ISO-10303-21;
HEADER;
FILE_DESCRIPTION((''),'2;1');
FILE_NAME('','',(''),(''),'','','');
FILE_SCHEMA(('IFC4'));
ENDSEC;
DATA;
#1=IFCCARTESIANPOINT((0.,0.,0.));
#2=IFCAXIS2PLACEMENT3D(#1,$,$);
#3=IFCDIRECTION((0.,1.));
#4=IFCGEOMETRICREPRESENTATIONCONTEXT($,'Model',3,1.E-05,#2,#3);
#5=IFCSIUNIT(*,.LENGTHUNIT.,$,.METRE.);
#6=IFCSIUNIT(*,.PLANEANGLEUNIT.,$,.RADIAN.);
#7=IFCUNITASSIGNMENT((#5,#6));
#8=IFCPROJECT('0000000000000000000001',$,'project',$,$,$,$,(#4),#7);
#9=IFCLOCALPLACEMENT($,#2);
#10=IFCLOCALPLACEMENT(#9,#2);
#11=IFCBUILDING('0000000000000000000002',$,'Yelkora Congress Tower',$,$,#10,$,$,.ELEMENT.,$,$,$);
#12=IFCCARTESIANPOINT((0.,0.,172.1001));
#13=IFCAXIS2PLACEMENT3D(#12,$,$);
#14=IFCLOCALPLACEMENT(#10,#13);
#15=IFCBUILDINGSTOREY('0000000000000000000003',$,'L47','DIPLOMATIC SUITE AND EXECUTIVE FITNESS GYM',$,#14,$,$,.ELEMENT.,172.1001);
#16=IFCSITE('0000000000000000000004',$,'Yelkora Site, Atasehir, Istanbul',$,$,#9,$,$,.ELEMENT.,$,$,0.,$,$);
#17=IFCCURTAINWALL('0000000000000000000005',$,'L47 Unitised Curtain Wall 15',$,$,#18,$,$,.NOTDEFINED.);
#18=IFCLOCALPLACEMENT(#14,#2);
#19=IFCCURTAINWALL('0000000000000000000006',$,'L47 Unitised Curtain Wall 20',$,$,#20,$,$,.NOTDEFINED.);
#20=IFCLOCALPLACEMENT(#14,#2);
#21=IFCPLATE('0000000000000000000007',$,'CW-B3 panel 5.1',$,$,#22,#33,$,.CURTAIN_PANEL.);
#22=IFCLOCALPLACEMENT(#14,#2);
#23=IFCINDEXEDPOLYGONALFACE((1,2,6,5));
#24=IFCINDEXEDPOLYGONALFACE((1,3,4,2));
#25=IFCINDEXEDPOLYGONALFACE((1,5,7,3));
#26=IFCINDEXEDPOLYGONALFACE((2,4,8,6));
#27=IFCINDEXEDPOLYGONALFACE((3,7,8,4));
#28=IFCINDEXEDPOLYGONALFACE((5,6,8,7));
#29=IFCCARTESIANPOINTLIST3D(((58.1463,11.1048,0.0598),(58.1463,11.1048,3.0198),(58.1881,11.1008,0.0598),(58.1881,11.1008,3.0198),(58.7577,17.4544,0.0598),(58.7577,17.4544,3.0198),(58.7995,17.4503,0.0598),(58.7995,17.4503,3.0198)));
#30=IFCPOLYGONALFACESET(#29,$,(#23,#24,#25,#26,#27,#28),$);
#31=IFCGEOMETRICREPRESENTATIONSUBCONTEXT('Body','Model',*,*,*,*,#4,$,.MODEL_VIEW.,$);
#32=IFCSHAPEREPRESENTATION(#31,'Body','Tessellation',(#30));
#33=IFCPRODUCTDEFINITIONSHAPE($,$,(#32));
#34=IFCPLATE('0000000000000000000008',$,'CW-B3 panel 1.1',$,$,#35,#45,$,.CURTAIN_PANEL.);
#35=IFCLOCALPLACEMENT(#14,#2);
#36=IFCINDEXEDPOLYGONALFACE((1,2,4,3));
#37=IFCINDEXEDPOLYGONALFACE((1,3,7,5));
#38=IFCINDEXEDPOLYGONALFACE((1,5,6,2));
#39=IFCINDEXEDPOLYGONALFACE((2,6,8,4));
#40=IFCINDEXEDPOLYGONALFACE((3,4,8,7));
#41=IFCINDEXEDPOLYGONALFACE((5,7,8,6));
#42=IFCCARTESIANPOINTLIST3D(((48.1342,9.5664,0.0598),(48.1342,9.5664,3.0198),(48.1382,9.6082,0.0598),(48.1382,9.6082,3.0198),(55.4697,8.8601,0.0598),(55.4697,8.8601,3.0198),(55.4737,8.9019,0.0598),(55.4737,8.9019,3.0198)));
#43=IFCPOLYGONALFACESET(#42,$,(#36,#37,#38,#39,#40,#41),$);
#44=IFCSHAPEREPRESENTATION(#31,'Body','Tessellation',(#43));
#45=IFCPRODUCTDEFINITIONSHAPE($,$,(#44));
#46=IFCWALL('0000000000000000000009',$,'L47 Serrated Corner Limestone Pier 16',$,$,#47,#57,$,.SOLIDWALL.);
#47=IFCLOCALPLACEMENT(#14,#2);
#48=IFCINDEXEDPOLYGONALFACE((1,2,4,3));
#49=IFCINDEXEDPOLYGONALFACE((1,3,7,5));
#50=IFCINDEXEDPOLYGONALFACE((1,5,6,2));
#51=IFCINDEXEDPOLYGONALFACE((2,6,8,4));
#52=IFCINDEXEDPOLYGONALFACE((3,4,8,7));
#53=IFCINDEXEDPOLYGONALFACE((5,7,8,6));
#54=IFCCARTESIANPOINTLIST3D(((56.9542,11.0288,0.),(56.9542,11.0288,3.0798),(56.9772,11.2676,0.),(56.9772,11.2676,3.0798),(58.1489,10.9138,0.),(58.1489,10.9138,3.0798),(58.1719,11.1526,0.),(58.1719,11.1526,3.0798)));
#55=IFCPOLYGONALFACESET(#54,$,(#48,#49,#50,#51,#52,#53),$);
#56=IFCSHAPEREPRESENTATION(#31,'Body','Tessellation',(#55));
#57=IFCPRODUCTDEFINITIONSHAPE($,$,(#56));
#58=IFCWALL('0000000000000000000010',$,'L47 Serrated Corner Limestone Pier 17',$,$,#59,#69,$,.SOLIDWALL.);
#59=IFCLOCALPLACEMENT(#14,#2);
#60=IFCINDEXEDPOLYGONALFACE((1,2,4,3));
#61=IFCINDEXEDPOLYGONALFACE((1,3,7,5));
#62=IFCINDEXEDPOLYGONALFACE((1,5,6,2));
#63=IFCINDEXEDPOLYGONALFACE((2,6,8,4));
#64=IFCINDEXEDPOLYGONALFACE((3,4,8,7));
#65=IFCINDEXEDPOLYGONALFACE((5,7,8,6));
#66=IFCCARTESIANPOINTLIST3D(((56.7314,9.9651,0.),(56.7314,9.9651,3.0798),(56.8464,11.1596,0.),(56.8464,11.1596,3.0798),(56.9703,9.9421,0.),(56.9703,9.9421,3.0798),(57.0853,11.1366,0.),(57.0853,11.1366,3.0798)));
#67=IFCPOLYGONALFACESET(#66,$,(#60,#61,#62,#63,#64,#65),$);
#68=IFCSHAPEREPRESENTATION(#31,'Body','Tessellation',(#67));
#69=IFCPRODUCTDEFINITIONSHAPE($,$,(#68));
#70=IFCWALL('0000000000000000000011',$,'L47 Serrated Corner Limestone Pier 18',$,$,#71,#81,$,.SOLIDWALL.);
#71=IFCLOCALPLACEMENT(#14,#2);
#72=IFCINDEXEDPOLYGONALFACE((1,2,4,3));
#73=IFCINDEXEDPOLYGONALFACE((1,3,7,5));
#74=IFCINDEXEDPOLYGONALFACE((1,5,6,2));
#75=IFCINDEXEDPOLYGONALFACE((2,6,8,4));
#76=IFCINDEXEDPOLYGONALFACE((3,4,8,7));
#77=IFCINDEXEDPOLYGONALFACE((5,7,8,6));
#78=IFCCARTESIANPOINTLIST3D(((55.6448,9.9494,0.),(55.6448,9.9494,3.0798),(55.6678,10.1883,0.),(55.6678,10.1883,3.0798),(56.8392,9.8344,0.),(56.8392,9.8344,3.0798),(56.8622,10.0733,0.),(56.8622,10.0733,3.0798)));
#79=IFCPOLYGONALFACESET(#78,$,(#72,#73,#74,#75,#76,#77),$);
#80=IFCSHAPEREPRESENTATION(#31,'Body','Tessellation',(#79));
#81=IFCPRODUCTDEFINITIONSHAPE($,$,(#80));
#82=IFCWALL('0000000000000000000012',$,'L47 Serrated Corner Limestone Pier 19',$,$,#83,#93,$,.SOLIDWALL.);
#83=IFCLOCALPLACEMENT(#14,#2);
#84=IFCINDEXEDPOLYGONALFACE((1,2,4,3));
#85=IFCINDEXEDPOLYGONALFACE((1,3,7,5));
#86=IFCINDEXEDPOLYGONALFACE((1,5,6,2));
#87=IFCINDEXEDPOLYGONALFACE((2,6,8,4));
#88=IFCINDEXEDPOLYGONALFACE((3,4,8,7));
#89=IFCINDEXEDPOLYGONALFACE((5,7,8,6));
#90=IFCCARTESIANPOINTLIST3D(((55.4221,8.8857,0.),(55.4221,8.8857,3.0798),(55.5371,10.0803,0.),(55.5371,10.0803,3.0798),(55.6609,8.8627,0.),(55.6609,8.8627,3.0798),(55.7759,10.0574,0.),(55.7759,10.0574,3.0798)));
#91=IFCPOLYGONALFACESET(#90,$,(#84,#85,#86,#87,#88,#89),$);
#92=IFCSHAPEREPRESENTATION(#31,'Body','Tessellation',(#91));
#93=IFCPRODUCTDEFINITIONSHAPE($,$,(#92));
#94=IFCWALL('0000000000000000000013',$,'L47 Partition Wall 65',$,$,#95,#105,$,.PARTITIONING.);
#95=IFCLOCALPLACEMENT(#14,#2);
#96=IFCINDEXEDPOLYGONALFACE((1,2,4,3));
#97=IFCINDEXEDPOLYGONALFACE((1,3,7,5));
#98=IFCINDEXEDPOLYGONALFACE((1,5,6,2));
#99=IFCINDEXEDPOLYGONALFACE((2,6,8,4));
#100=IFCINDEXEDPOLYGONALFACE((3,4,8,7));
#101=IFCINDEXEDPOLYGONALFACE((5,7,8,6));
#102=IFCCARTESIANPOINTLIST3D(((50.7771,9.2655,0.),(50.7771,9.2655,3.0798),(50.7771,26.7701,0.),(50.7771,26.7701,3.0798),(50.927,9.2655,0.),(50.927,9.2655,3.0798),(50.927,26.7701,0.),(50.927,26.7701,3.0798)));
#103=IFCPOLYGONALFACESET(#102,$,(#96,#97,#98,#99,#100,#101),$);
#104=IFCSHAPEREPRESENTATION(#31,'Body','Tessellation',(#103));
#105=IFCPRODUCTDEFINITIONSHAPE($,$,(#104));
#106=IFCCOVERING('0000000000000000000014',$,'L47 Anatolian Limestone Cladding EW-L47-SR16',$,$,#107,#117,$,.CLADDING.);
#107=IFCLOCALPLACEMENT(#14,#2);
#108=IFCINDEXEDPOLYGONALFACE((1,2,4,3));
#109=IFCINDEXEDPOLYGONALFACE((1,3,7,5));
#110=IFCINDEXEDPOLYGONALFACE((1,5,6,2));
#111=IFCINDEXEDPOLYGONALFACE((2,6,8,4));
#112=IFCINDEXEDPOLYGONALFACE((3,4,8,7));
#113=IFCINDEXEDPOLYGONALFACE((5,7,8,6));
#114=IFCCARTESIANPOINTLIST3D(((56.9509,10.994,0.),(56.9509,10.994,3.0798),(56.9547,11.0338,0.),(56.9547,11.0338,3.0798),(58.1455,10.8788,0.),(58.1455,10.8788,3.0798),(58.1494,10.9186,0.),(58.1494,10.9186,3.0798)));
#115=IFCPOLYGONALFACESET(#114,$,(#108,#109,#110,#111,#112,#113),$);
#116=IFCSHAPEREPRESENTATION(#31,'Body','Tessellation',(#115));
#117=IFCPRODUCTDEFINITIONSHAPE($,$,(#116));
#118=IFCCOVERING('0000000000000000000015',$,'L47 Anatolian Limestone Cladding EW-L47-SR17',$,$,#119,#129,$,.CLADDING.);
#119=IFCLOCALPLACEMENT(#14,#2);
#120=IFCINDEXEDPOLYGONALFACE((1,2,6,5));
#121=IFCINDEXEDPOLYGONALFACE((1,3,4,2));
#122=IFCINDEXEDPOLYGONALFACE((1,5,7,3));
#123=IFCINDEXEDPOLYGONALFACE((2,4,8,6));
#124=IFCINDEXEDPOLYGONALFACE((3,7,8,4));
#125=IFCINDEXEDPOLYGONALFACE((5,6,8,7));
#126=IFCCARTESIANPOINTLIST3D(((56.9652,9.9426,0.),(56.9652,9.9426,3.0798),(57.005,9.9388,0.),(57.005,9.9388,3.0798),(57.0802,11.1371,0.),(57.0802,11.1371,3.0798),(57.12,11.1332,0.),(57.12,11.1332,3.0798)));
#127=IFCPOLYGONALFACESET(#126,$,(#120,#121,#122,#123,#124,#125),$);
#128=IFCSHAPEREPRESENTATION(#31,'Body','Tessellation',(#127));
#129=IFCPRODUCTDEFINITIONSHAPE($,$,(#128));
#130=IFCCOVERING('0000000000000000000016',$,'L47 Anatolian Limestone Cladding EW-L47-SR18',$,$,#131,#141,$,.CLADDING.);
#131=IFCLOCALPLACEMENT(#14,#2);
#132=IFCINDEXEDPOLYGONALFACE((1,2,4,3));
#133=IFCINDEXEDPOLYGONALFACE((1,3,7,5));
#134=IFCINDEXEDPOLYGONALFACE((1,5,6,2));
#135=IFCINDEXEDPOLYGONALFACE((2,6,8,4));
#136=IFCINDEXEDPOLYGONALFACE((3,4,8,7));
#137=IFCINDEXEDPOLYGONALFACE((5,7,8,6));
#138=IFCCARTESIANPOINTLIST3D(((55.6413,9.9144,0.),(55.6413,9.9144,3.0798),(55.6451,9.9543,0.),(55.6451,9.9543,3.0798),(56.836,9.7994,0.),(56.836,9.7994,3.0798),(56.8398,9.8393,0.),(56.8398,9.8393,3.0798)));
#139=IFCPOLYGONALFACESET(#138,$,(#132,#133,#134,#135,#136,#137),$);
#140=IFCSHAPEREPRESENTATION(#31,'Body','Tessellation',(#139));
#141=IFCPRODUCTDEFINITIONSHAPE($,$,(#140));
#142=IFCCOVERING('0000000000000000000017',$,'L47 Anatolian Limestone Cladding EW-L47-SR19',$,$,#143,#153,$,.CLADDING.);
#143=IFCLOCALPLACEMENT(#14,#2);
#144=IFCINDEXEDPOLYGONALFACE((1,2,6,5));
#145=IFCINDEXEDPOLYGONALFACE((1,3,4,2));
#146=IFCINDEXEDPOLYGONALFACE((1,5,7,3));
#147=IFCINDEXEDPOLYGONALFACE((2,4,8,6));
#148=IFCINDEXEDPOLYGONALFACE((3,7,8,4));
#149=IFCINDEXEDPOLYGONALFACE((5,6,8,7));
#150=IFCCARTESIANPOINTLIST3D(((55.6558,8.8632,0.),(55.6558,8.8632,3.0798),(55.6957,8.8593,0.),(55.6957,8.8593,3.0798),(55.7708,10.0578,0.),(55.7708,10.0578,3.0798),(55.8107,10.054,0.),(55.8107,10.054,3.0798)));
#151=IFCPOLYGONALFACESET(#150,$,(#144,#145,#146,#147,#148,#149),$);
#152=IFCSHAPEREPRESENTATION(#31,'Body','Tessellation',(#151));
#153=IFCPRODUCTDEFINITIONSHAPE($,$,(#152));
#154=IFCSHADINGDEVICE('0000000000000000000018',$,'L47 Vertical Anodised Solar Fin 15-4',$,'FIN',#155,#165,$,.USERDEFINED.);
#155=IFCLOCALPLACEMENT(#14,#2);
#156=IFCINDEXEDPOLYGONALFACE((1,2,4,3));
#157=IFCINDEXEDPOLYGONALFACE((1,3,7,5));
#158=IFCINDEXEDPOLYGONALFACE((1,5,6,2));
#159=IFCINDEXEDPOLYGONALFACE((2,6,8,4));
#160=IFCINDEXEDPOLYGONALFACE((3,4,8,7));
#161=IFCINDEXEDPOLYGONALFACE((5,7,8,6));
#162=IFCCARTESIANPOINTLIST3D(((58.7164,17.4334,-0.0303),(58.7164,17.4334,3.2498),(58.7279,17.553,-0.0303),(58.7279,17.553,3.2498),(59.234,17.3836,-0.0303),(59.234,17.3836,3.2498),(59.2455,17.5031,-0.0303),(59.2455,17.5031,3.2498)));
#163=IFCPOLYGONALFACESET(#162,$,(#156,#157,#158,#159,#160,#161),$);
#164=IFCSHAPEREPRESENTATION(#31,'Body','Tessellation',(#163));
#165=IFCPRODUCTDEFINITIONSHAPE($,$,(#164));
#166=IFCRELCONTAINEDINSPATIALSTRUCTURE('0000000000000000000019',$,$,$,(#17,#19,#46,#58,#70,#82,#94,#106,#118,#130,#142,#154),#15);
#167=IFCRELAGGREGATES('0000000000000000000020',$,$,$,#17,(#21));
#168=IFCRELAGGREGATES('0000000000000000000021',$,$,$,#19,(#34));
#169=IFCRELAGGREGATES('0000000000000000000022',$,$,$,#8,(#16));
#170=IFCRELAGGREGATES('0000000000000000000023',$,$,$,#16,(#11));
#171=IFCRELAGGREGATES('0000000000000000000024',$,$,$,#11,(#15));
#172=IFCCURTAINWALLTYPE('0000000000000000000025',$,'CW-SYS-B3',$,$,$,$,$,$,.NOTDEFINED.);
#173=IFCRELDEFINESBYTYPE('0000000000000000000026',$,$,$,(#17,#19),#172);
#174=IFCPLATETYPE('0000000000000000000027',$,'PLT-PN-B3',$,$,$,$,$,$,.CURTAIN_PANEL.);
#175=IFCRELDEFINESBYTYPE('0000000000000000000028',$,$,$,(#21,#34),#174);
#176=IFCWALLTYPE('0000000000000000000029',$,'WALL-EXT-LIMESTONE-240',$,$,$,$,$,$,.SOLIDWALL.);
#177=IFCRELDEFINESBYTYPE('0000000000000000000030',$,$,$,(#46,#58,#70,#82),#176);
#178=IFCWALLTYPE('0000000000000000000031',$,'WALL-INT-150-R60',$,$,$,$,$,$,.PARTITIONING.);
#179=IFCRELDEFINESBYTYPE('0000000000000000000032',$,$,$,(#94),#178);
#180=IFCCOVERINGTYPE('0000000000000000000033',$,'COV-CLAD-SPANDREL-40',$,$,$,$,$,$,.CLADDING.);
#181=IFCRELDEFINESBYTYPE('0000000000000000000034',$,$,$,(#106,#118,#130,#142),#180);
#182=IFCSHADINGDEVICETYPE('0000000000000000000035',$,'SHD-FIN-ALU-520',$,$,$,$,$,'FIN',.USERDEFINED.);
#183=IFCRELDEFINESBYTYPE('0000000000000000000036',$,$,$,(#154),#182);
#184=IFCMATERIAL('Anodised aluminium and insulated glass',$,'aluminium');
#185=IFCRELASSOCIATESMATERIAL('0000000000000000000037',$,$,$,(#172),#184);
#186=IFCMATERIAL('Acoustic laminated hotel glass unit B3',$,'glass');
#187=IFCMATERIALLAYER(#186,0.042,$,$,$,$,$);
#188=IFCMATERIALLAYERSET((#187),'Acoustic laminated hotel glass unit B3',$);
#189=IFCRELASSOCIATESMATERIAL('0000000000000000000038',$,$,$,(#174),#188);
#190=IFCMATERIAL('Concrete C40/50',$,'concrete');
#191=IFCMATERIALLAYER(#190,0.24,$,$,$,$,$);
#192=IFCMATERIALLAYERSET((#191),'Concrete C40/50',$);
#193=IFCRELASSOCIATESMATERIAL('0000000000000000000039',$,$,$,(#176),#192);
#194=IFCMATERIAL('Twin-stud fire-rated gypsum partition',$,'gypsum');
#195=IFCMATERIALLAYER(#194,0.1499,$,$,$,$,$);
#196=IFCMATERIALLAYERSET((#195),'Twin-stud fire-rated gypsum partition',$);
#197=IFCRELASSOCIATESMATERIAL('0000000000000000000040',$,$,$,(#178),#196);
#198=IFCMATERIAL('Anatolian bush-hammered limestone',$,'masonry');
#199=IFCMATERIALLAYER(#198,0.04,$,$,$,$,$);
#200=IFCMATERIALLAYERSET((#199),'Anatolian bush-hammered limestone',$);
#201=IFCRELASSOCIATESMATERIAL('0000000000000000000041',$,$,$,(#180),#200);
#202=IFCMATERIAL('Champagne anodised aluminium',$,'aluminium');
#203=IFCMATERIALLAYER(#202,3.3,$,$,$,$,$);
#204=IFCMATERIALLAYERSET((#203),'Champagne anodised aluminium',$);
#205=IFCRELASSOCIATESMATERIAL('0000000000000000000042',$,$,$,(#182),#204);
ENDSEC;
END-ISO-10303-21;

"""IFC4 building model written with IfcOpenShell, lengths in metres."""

from ifc_helpers import new_model, si_unit, direction, frame, frame_2d, origin, origin_2d, place, context, subcontext, project, spatial, rectangle, extrude, material, layer, layer_set, type_object, element, aggregate, save


model = new_model("IFC4")

# Units and contexts
model_context = context("Model", 3, precision=1e-05, world=origin(), true_north=direction((0.0, 1.0)))
body_context = subcontext(model_context, "Body", "Model", "MODEL_VIEW")
ifc_project = project(units=[si_unit("LENGTHUNIT", "METRE"), si_unit("PLANEANGLEUNIT", "RADIAN")], contexts=[model_context])

# Site, building, storey
site_placement = place(None, origin())
site = spatial("IfcSite", under=ifc_project, at=site_placement, Name="Yelkora Site, Atasehir, Istanbul", CompositionType="ELEMENT", RefElevation=0.0)
building_placement = place(site_placement, origin())
building = spatial("IfcBuilding", under=site, at=building_placement, Name="Yelkora Congress Tower", CompositionType="ELEMENT")
storey_placement = place(building_placement, frame((0.0, 0.0, 172.1001)))
storey = spatial("IfcBuildingStorey", under=building, at=storey_placement, Name="L47", Description="DIPLOMATIC SUITE AND EXECUTIVE FITNESS GYM", CompositionType="ELEMENT", Elevation=172.1001)

# Curtain walls
ifc_material_1 = material(Name="Anodised aluminium and insulated glass", Category="aluminium")
curtain_wall_type = type_object("IfcCurtainWallType", Name="CW-SYS-B3", PredefinedType="NOTDEFINED", material=ifc_material_1)
curtain_wall_1_placement = place(storey_placement, origin())
curtain_wall_1 = element("IfcCurtainWall", 1, at=curtain_wall_1_placement, inside=storey, type_object=curtain_wall_type, Name="L47 Unitised Curtain Wall 15", PredefinedType="NOTDEFINED")
curtain_wall_2_placement = place(storey_placement, origin())
curtain_wall_2 = element("IfcCurtainWall", 2, at=curtain_wall_2_placement, inside=storey, type_object=curtain_wall_type, Name="L47 Unitised Curtain Wall 20", PredefinedType="NOTDEFINED")

# Plates
ifc_material_2 = material(Name="Acoustic laminated hotel glass unit B3", Category="glass")
ifc_layer_1 = layer(ifc_material_2, 0.042)
ifc_layer_set_1 = layer_set([ifc_layer_1], Name="Acoustic laminated hotel glass unit B3")
plate_type = type_object("IfcPlateType", Name="PLT-PN-B3", PredefinedType="CURTAIN_PANEL", material=ifc_layer_set_1)
plate_1_placement = place(storey_placement, frame((58.4729, 14.2776, 0.0598), z_axis=(0.0, 0.0, 1.0), x_axis=(-0.095842, -0.995397, 0.0)))
plate_1 = element("IfcPlate", 3, at=plate_1_placement, type_object=plate_type, Name="CW-B3 panel 5.1", PredefinedType="CURTAIN_PANEL", context=body_context, shape_type="SweptSolid", body=[
    extrude(rectangle(XDim=6.3789, YDim=0.042, at=origin_2d()), origin(), (0.0, 0.0, 1.0), 2.96),
])
aggregate(curtain_wall_1, [plate_1])
plate_2_placement = place(storey_placement, frame((51.804, 9.2341, 0.0598), z_axis=(0.0, 0.0, 1.0), x_axis=(-0.995396, 0.095845, 0.0)))
plate_2 = element("IfcPlate", 4, at=plate_2_placement, type_object=plate_type, Name="CW-B3 panel 1.1", PredefinedType="CURTAIN_PANEL", context=body_context, shape_type="SweptSolid", body=[
    extrude(rectangle(XDim=7.3694, YDim=0.042, at=origin_2d()), origin(), (0.0, 0.0, 1.0), 2.96),
])
aggregate(curtain_wall_2, [plate_2])

# Walls
ifc_material_3 = material(Name="Concrete C40/50", Category="concrete")
ifc_layer_2 = layer(ifc_material_3, 0.24)
ifc_layer_set_2 = layer_set([ifc_layer_2], Name="Concrete C40/50")
wall_type_1 = type_object("IfcWallType", Name="WALL-EXT-LIMESTONE-240", PredefinedType="SOLIDWALL", material=ifc_layer_set_2)
wall_1_placement = place(storey_placement, frame((58.1604, 11.0332, 0.0), z_axis=(0.0, 0.0, 1.0), x_axis=(-0.995399, 0.095817, 0.0)))
element("IfcWall", 5, at=wall_1_placement, inside=storey, type_object=wall_type_1, Name="L47 Serrated Corner Limestone Pier 16", PredefinedType="SOLIDWALL", context=body_context, shape_type="SweptSolid", body=[
    extrude(rectangle(XDim=1.2002, YDim=0.24, at=frame_2d((0.6001, 0.0))), origin(), (0.0, 0.0, 1.0), 3.0798),
])
for number, where, z_axis, x_axis, name in (
    (6, (56.9658, 11.1482, 0.0), (0.0, 0.0, 1.0), (-0.095836, -0.995397, 0.0), "L47 Serrated Corner Limestone Pier 17"),
    (7, (56.8508, 9.9539, 0.0), (0.0, 0.0, 1.0), (-0.995397, 0.095836, 0.0), "L47 Serrated Corner Limestone Pier 18"),
):
    element("IfcWall", number, at=place(storey_placement, frame(where, z_axis=z_axis, x_axis=x_axis)), inside=storey, type_object=wall_type_1, Name=name, PredefinedType="SOLIDWALL", context=body_context, shape_type="SweptSolid", body=[
        extrude(rectangle(XDim=1.2, YDim=0.24, at=frame_2d((0.6001, 0.0))), origin(), (0.0, 0.0, 1.0), 3.0798),
    ])
wall_2_placement = place(storey_placement, frame((55.6565, 10.0688, 0.0), z_axis=(0.0, 0.0, 1.0), x_axis=(-0.095817, -0.995399, 0.0)))
element("IfcWall", 8, at=wall_2_placement, inside=storey, type_object=wall_type_1, Name="L47 Serrated Corner Limestone Pier 19", PredefinedType="SOLIDWALL", context=body_context, shape_type="SweptSolid", body=[
    extrude(rectangle(XDim=1.2002, YDim=0.24, at=frame_2d((0.6001, 0.0))), origin(), (0.0, 0.0, 1.0), 3.0798),
])
ifc_material_4 = material(Name="Twin-stud fire-rated gypsum partition", Category="gypsum")
ifc_layer_3 = layer(ifc_material_4, 0.1499)
ifc_layer_set_3 = layer_set([ifc_layer_3], Name="Twin-stud fire-rated gypsum partition")
wall_type_2 = type_object("IfcWallType", Name="WALL-INT-150-R60", PredefinedType="PARTITIONING", material=ifc_layer_set_3)
wall_3_placement = place(storey_placement, frame((50.8521, 9.2654, 0.0), z_axis=(0.0, 0.0, 1.0), x_axis=(0.0, 1.0, 0.0)))
element("IfcWall", 9, at=wall_3_placement, inside=storey, type_object=wall_type_2, Name="L47 Partition Wall 65", PredefinedType="PARTITIONING", context=body_context, shape_type="SweptSolid", body=[
    extrude(rectangle(XDim=17.5046, YDim=0.1499, at=frame_2d((8.7524, 0.0))), origin(), (0.0, 0.0, 1.0), 3.0798),
])

# Coverings
ifc_material_5 = material(Name="Anatolian bush-hammered limestone", Category="masonry")
ifc_layer_4 = layer(ifc_material_5, 0.04)
ifc_layer_set_4 = layer_set([ifc_layer_4], Name="Anatolian bush-hammered limestone")
covering_type = type_object("IfcCoveringType", Name="COV-CLAD-SPANDREL-40", PredefinedType="CLADDING", material=ifc_layer_set_4)
covering_1_placement = place(storey_placement, frame((58.1475, 10.8987, 0.0), z_axis=(0.0, 0.0, 1.0), x_axis=(-0.99538, 0.096019, 0.0)))
element("IfcCovering", 10, at=covering_1_placement, inside=storey, type_object=covering_type, Name="L47 Anatolian Limestone Cladding EW-L47-SR16", PredefinedType="CLADDING", context=body_context, shape_type="SweptSolid", body=[
    extrude(rectangle(XDim=1.2002, YDim=0.04, at=frame_2d((0.6001, 0.0))), origin(), (0.0, 0.0, 1.0), 3.0798),
])
covering_2_placement = place(storey_placement, frame((57.1001, 11.1353, 0.0), z_axis=(0.0, 0.0, 1.0), x_axis=(-0.095836, -0.995397, 0.0)))
element("IfcCovering", 11, at=covering_2_placement, inside=storey, type_object=covering_type, Name="L47 Anatolian Limestone Cladding EW-L47-SR17", PredefinedType="CLADDING", context=body_context, shape_type="SweptSolid", body=[
    extrude(rectangle(XDim=1.2, YDim=0.04, at=frame_2d((0.6001, 0.0))), origin(), (0.0, 0.0, 1.0), 3.0798),
])
for number, where, z_axis, x_axis, name in (
    (12, (56.8379, 9.8193, 0.0), (0.0, 0.0, 1.0), (-0.995399, 0.095817, 0.0), "L47 Anatolian Limestone Cladding EW-L47-SR18"),
    (13, (55.7908, 10.0559, 0.0), (0.0, 0.0, 1.0), (-0.095817, -0.995399, 0.0), "L47 Anatolian Limestone Cladding EW-L47-SR19"),
):
    element("IfcCovering", number, at=place(storey_placement, frame(where, z_axis=z_axis, x_axis=x_axis)), inside=storey, type_object=covering_type, Name=name, PredefinedType="CLADDING", context=body_context, shape_type="SweptSolid", body=[
        extrude(rectangle(XDim=1.2002, YDim=0.04, at=frame_2d((0.6001, 0.0))), origin(), (0.0, 0.0, 1.0), 3.0798),
    ])

# Shading device
ifc_material_6 = material(Name="Champagne anodised aluminium", Category="aluminium")
ifc_layer_5 = layer(ifc_material_6, 3.3)
ifc_layer_set_5 = layer_set([ifc_layer_5], Name="Champagne anodised aluminium")
shading_device_type = type_object("IfcShadingDeviceType", Name="SHD-FIN-ALU-520", ElementType="FIN", PredefinedType="USERDEFINED", material=ifc_layer_set_5)
shading_device_placement = place(storey_placement, frame((58.981, 17.4683, -0.0303), z_axis=(0.0, 0.0, 1.0), x_axis=(-0.095846, -0.995396, 0.0)))
element("IfcShadingDevice", 14, at=shading_device_placement, inside=storey, type_object=shading_device_type, Name="L47 Vertical Anodised Solar Fin 15-4", ObjectType="FIN", PredefinedType="USERDEFINED", context=body_context, shape_type="SweptSolid", body=[
    extrude(rectangle(XDim=0.1201, YDim=0.52, at=origin_2d()), origin(), (0.0, 0.0, 1.0), 3.28),
])

save(model, "model.ifc")
